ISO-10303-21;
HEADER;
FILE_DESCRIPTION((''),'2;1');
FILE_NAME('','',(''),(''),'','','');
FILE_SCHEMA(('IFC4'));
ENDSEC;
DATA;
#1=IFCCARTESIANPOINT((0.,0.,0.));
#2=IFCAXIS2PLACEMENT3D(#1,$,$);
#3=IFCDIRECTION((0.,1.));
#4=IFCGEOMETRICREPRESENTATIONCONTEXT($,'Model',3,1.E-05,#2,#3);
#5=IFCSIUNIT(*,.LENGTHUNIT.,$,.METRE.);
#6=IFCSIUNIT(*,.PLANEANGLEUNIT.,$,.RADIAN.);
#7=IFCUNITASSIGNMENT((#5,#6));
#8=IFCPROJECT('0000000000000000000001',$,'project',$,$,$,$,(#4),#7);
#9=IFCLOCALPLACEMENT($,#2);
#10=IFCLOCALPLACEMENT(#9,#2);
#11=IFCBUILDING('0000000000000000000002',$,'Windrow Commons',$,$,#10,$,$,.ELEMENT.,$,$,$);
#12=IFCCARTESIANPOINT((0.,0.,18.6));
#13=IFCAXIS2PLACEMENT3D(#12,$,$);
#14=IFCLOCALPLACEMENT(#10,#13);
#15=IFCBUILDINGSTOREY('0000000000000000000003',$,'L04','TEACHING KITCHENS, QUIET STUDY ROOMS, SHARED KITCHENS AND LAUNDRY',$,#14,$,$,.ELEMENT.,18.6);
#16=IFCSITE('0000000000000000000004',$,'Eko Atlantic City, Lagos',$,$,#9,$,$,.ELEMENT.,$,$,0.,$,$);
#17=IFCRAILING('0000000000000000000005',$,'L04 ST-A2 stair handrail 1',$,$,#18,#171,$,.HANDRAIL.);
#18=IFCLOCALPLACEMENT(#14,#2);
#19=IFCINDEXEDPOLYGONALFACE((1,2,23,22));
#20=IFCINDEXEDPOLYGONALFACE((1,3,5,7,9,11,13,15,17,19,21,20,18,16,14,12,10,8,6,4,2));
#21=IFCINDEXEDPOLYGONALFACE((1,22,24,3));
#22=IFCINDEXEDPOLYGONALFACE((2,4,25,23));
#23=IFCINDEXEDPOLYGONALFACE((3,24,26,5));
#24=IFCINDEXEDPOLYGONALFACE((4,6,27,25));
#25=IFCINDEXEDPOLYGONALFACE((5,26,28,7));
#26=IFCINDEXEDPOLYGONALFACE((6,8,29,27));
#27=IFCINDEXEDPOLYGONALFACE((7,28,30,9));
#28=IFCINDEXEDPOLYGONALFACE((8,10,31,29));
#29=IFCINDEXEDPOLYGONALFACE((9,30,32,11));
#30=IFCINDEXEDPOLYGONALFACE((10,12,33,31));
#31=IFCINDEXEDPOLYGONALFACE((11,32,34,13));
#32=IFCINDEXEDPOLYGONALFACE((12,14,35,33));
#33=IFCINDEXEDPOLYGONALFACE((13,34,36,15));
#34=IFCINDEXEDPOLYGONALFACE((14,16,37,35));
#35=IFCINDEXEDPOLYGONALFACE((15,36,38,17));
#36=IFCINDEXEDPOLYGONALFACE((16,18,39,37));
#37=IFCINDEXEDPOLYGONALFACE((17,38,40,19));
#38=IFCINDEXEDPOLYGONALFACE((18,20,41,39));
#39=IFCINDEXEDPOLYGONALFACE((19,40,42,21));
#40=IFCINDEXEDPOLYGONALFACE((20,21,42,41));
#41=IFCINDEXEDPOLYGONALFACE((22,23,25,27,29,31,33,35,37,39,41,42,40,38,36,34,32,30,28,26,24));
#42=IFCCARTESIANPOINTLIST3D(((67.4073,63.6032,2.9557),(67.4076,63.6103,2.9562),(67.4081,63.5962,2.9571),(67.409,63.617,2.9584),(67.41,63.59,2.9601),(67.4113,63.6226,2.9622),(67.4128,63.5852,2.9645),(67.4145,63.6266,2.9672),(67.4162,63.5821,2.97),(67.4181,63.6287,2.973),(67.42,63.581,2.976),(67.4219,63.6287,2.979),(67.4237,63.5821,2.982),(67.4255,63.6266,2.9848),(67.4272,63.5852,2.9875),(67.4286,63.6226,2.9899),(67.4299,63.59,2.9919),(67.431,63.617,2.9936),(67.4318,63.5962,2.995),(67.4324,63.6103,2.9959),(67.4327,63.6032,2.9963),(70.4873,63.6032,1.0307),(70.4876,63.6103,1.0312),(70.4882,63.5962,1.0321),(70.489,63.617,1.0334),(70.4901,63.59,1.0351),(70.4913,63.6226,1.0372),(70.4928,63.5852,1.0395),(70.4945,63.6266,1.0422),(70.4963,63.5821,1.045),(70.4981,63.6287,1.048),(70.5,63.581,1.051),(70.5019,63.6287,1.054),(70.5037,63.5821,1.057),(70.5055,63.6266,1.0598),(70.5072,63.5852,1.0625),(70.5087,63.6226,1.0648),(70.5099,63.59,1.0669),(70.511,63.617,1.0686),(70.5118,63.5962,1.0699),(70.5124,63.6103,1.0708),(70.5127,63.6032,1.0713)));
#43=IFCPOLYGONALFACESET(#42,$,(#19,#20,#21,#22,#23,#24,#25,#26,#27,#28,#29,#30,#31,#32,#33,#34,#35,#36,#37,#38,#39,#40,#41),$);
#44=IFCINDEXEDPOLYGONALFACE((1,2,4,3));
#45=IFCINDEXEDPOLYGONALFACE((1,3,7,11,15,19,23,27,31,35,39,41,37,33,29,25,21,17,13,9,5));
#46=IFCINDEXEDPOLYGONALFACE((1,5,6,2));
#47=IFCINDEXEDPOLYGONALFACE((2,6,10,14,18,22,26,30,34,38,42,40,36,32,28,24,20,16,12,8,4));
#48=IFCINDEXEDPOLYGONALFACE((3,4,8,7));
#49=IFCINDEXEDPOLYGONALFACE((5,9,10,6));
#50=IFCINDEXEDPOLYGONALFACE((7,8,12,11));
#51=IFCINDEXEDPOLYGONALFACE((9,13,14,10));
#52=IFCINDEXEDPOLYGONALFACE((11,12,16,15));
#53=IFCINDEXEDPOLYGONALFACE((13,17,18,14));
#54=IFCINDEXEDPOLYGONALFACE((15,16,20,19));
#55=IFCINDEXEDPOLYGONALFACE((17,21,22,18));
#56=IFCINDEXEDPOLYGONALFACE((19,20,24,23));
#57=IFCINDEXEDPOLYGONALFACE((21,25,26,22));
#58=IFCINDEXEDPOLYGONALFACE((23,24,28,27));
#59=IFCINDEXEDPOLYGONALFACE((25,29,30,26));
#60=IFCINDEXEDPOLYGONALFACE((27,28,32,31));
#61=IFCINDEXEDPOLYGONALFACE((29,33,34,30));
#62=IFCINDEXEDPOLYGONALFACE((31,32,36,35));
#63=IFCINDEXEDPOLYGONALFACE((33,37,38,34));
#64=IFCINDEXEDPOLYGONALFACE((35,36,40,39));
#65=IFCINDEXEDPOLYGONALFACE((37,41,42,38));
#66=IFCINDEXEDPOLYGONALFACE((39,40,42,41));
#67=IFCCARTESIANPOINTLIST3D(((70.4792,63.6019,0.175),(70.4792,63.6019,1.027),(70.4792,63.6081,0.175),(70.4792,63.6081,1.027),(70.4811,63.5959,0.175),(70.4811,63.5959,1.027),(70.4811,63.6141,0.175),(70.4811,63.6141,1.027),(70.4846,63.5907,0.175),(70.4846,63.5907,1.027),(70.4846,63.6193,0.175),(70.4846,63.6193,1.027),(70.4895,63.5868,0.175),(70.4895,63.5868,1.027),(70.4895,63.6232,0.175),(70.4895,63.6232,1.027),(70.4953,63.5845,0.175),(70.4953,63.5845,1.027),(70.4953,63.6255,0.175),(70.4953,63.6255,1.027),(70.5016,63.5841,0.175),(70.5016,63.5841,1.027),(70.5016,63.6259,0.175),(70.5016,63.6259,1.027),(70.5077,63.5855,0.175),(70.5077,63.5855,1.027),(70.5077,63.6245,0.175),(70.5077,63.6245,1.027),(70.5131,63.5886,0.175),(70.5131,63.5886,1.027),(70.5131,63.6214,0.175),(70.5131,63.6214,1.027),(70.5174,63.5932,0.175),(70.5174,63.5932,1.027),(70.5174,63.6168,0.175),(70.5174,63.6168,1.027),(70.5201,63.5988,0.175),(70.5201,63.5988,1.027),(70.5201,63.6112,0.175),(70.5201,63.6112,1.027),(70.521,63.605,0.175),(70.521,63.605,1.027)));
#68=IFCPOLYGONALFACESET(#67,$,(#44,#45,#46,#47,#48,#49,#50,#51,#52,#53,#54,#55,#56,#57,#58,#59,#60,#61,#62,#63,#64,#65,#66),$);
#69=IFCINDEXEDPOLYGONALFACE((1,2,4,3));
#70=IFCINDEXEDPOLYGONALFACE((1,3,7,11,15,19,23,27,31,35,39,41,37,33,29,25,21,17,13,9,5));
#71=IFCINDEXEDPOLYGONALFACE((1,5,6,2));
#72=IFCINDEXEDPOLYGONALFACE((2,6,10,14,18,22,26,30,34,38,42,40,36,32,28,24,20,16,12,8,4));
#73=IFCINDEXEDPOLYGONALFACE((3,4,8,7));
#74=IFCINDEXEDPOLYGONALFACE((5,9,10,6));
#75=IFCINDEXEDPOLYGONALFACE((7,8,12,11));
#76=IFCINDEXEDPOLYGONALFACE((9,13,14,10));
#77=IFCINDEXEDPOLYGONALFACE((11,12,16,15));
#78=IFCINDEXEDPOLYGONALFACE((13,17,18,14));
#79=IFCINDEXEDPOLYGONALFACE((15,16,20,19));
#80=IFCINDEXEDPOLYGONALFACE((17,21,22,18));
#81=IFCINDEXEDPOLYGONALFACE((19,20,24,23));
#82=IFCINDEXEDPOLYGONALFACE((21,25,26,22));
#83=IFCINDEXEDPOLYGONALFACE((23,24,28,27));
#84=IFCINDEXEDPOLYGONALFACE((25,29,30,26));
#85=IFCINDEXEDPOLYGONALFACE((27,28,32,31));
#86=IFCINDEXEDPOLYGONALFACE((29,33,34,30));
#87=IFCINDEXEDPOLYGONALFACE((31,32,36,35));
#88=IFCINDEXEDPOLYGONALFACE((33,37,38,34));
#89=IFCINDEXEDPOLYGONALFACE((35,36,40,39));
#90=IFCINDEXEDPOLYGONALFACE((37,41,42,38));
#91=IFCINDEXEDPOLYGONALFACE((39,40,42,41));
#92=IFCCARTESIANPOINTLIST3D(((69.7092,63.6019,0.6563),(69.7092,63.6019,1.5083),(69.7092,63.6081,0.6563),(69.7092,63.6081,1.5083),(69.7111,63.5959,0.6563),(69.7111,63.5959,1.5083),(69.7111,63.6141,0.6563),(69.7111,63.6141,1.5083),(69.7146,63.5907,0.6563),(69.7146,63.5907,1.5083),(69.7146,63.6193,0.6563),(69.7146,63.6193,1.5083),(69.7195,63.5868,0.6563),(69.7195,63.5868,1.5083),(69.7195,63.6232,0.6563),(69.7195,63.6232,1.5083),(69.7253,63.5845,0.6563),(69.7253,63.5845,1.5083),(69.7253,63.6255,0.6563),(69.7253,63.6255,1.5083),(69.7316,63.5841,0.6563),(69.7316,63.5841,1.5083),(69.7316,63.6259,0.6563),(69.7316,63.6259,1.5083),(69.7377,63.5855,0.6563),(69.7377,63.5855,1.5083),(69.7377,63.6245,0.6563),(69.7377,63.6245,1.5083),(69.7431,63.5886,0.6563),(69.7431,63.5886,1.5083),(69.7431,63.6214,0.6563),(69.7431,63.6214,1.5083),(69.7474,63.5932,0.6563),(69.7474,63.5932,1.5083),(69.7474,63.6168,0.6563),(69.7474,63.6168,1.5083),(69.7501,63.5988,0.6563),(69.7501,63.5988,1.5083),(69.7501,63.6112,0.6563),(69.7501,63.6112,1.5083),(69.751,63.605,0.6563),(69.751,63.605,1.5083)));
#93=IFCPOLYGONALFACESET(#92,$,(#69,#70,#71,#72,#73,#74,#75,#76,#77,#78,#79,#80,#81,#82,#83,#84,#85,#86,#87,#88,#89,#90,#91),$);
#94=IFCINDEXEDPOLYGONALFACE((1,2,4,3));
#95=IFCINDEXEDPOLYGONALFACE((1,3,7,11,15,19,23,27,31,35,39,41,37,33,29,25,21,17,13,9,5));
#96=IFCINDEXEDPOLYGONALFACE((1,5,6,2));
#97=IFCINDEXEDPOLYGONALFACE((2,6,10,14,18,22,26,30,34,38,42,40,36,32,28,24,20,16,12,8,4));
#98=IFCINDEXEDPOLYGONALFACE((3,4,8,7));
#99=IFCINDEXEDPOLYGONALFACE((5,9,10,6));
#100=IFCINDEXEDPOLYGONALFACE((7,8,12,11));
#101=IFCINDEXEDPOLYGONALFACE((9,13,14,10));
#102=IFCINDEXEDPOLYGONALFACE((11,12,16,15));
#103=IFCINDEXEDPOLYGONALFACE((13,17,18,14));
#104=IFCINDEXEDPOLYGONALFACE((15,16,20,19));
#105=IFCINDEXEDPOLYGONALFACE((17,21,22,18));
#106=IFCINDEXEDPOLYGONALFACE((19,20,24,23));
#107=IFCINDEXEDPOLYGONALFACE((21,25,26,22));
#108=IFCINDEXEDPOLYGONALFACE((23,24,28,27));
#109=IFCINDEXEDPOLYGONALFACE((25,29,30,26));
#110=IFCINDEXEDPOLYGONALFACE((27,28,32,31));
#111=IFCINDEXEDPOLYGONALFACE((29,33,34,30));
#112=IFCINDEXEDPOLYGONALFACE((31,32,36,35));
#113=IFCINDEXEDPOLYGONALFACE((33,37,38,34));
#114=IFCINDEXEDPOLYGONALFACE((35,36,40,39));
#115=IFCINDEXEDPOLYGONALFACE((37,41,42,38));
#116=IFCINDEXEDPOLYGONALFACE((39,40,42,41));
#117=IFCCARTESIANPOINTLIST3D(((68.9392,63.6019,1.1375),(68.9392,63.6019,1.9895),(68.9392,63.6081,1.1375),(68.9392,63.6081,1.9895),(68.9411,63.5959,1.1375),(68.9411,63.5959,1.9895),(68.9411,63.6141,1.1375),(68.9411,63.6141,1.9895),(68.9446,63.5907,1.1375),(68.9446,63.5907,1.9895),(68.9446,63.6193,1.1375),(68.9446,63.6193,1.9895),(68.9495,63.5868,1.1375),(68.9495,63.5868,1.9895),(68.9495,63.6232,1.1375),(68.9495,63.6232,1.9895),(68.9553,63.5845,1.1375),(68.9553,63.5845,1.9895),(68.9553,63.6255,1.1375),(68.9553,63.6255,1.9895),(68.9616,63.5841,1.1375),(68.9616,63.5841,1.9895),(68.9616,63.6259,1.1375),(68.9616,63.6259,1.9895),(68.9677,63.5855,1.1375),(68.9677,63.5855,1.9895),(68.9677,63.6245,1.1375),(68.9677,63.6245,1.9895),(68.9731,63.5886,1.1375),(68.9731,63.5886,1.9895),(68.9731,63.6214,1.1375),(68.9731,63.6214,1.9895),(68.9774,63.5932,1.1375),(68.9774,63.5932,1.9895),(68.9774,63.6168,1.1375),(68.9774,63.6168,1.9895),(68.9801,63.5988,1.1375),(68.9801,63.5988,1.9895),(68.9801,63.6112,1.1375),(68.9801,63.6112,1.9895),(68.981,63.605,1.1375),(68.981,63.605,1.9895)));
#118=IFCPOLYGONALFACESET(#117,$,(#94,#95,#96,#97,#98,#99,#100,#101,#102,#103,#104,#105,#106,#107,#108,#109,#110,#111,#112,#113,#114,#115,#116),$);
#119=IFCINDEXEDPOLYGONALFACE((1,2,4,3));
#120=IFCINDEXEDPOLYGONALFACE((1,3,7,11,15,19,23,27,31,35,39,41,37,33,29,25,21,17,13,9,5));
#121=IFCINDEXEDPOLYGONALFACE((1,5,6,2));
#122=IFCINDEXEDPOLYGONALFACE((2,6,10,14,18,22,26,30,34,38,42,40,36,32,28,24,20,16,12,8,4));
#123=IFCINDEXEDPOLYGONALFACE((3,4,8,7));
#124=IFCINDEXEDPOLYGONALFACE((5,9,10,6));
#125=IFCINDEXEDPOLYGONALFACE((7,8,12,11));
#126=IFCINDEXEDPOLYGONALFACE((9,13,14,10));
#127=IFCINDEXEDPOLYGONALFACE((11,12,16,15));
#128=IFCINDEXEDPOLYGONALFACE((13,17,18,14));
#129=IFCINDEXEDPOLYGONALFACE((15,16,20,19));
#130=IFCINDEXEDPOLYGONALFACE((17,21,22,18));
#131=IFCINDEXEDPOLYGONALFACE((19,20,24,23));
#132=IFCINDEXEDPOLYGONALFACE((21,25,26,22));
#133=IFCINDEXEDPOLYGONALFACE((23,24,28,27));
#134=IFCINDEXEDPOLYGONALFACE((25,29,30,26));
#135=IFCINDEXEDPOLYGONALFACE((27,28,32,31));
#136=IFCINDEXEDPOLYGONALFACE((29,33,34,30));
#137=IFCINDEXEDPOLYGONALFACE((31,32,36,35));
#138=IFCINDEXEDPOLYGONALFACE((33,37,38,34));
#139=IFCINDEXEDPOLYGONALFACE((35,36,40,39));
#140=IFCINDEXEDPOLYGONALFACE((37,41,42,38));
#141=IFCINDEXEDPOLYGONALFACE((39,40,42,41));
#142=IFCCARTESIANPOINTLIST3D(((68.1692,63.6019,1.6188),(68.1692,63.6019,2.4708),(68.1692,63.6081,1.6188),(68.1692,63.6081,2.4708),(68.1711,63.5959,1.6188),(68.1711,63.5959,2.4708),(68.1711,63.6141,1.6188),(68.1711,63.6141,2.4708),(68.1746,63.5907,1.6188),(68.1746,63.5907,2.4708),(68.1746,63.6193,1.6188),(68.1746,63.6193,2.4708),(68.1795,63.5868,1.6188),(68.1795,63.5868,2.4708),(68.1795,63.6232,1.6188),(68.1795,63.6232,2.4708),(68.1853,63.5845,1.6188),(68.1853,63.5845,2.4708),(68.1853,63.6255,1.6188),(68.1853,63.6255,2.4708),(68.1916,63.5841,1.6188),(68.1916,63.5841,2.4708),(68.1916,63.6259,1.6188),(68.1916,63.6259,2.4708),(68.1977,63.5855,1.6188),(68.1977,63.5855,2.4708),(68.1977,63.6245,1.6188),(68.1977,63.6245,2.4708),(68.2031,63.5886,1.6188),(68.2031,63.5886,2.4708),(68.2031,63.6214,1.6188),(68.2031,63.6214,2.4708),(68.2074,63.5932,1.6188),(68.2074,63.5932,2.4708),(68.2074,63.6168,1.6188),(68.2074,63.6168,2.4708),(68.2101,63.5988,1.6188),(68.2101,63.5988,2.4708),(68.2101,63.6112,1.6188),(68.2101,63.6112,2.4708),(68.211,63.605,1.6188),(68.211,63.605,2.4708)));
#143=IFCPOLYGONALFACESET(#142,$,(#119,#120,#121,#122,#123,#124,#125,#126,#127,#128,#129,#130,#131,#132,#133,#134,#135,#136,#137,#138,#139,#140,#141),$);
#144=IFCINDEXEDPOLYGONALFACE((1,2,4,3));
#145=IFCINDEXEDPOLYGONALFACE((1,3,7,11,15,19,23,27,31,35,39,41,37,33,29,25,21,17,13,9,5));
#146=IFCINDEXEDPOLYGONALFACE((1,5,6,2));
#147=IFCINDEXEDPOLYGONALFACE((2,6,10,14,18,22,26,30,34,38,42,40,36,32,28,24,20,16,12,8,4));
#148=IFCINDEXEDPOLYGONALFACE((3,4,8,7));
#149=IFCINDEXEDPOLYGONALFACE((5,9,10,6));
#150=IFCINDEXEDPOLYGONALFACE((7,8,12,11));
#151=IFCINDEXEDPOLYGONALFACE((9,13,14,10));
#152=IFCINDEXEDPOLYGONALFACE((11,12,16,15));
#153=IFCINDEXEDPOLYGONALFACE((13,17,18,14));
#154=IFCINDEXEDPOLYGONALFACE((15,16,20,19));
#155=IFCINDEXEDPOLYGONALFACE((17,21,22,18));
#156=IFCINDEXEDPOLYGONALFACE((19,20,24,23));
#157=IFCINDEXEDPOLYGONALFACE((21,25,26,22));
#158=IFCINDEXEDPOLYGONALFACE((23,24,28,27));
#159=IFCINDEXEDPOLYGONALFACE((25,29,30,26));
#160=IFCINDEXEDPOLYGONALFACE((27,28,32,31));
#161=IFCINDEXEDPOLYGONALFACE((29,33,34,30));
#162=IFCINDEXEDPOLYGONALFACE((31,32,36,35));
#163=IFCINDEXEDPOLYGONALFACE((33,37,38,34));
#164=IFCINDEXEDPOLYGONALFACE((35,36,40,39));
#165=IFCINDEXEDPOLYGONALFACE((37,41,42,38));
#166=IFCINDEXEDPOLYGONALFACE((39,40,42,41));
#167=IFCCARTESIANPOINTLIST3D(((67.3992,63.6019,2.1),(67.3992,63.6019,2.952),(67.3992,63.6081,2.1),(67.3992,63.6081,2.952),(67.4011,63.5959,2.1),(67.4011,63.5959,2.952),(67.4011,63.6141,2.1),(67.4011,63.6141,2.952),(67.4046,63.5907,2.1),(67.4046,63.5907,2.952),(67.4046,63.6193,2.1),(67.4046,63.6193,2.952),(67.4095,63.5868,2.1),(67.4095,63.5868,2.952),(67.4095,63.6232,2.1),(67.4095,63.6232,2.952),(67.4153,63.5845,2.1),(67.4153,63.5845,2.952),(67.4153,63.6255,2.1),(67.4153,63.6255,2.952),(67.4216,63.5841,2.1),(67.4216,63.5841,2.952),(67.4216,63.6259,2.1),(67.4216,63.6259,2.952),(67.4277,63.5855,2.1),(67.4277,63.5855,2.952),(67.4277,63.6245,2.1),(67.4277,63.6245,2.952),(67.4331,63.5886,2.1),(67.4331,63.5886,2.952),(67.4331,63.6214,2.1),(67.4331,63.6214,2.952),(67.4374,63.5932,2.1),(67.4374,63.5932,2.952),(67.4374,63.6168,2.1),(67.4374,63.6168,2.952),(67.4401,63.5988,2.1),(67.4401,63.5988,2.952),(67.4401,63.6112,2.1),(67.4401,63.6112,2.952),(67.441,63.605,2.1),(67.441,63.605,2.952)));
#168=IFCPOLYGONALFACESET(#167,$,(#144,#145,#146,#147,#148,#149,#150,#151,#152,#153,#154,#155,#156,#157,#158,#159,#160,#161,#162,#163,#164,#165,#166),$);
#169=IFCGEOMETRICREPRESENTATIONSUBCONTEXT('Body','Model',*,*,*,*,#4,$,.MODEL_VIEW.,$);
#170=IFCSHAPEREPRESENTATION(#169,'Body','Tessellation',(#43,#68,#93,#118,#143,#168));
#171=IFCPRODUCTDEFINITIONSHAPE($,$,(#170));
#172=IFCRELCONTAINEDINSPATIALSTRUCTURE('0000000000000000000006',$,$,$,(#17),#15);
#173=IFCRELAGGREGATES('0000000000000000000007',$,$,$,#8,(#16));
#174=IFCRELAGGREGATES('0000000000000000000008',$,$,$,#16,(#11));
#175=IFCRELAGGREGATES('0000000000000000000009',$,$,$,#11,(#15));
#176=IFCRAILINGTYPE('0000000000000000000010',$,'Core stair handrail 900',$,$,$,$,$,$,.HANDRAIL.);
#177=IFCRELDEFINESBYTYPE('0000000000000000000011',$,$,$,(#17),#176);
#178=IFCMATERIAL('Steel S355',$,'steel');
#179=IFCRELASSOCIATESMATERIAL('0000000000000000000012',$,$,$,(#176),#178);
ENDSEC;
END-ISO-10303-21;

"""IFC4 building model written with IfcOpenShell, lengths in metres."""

from ifc_helpers import new_model, si_unit, direction, frame, origin, origin_2d, place, context, subcontext, project, spatial, circle, extrude, material, type_object, element, save


model = new_model("IFC4")

# Units and contexts
model_context = context("Model", 3, precision=1e-05, world=origin(), true_north=direction((0.0, 1.0)))
body_context = subcontext(model_context, "Body", "Model", "MODEL_VIEW")
ifc_project = project(units=[si_unit("LENGTHUNIT", "METRE"), si_unit("PLANEANGLEUNIT", "RADIAN")], contexts=[model_context])

# Site, building, storey
site_placement = place(None, origin())
site = spatial("IfcSite", under=ifc_project, at=site_placement, Name="Eko Atlantic City, Lagos", CompositionType="ELEMENT", RefElevation=0.0)
building_placement = place(site_placement, origin())
building = spatial("IfcBuilding", under=site, at=building_placement, Name="Windrow Commons", CompositionType="ELEMENT")
storey_placement = place(building_placement, frame((0.0, 0.0, 18.6)))
storey = spatial("IfcBuildingStorey", under=building, at=storey_placement, Name="L04", Description="TEACHING KITCHENS, QUIET STUDY ROOMS, SHARED KITCHENS AND LAUNDRY", CompositionType="ELEMENT", Elevation=18.6)

# Railing
ifc_material_1 = material(Name="Steel S355", Category="steel")
railing_type_1 = type_object("IfcRailingType", Name="Core stair handrail 900", PredefinedType="HANDRAIL", material=ifc_material_1)
railing_1_placement = place(storey_placement, frame((70.5, 63.605, 0.175)))
element("IfcRailing", 1, at=railing_1_placement, inside=storey, type_object=railing_type_1, Name="L04 ST-A2 stair handrail 1", PredefinedType="HANDRAIL", context=body_context, shape_type="SweptSolid", body=[
    extrude(circle(Radius=0.024, at=origin_2d()), frame((0.0, 0.0, 0.876), z_axis=(-0.847998, 0.0, 0.529999), x_axis=(0.0, -1.0, 0.0)), (0.0, 0.0, 1.0), 3.6321),
    extrude(circle(Radius=0.021, at=origin_2d()), origin(), (0.0, 0.0, 1.0), 0.852),
    extrude(circle(Radius=0.021, at=origin_2d()), frame((-0.77, 0.0, 0.4813)), (0.0, 0.0, 1.0), 0.852),
    extrude(circle(Radius=0.021, at=origin_2d()), frame((-1.54, 0.0, 0.9625)), (0.0, 0.0, 1.0), 0.852),
    extrude(circle(Radius=0.021, at=origin_2d()), frame((-2.31, 0.0, 1.4438)), (0.0, 0.0, 1.0), 0.852),
    extrude(circle(Radius=0.021, at=origin_2d()), frame((-3.08, 0.0, 1.925)), (0.0, 0.0, 1.0), 0.852),
])

save(model, "model.ifc")
